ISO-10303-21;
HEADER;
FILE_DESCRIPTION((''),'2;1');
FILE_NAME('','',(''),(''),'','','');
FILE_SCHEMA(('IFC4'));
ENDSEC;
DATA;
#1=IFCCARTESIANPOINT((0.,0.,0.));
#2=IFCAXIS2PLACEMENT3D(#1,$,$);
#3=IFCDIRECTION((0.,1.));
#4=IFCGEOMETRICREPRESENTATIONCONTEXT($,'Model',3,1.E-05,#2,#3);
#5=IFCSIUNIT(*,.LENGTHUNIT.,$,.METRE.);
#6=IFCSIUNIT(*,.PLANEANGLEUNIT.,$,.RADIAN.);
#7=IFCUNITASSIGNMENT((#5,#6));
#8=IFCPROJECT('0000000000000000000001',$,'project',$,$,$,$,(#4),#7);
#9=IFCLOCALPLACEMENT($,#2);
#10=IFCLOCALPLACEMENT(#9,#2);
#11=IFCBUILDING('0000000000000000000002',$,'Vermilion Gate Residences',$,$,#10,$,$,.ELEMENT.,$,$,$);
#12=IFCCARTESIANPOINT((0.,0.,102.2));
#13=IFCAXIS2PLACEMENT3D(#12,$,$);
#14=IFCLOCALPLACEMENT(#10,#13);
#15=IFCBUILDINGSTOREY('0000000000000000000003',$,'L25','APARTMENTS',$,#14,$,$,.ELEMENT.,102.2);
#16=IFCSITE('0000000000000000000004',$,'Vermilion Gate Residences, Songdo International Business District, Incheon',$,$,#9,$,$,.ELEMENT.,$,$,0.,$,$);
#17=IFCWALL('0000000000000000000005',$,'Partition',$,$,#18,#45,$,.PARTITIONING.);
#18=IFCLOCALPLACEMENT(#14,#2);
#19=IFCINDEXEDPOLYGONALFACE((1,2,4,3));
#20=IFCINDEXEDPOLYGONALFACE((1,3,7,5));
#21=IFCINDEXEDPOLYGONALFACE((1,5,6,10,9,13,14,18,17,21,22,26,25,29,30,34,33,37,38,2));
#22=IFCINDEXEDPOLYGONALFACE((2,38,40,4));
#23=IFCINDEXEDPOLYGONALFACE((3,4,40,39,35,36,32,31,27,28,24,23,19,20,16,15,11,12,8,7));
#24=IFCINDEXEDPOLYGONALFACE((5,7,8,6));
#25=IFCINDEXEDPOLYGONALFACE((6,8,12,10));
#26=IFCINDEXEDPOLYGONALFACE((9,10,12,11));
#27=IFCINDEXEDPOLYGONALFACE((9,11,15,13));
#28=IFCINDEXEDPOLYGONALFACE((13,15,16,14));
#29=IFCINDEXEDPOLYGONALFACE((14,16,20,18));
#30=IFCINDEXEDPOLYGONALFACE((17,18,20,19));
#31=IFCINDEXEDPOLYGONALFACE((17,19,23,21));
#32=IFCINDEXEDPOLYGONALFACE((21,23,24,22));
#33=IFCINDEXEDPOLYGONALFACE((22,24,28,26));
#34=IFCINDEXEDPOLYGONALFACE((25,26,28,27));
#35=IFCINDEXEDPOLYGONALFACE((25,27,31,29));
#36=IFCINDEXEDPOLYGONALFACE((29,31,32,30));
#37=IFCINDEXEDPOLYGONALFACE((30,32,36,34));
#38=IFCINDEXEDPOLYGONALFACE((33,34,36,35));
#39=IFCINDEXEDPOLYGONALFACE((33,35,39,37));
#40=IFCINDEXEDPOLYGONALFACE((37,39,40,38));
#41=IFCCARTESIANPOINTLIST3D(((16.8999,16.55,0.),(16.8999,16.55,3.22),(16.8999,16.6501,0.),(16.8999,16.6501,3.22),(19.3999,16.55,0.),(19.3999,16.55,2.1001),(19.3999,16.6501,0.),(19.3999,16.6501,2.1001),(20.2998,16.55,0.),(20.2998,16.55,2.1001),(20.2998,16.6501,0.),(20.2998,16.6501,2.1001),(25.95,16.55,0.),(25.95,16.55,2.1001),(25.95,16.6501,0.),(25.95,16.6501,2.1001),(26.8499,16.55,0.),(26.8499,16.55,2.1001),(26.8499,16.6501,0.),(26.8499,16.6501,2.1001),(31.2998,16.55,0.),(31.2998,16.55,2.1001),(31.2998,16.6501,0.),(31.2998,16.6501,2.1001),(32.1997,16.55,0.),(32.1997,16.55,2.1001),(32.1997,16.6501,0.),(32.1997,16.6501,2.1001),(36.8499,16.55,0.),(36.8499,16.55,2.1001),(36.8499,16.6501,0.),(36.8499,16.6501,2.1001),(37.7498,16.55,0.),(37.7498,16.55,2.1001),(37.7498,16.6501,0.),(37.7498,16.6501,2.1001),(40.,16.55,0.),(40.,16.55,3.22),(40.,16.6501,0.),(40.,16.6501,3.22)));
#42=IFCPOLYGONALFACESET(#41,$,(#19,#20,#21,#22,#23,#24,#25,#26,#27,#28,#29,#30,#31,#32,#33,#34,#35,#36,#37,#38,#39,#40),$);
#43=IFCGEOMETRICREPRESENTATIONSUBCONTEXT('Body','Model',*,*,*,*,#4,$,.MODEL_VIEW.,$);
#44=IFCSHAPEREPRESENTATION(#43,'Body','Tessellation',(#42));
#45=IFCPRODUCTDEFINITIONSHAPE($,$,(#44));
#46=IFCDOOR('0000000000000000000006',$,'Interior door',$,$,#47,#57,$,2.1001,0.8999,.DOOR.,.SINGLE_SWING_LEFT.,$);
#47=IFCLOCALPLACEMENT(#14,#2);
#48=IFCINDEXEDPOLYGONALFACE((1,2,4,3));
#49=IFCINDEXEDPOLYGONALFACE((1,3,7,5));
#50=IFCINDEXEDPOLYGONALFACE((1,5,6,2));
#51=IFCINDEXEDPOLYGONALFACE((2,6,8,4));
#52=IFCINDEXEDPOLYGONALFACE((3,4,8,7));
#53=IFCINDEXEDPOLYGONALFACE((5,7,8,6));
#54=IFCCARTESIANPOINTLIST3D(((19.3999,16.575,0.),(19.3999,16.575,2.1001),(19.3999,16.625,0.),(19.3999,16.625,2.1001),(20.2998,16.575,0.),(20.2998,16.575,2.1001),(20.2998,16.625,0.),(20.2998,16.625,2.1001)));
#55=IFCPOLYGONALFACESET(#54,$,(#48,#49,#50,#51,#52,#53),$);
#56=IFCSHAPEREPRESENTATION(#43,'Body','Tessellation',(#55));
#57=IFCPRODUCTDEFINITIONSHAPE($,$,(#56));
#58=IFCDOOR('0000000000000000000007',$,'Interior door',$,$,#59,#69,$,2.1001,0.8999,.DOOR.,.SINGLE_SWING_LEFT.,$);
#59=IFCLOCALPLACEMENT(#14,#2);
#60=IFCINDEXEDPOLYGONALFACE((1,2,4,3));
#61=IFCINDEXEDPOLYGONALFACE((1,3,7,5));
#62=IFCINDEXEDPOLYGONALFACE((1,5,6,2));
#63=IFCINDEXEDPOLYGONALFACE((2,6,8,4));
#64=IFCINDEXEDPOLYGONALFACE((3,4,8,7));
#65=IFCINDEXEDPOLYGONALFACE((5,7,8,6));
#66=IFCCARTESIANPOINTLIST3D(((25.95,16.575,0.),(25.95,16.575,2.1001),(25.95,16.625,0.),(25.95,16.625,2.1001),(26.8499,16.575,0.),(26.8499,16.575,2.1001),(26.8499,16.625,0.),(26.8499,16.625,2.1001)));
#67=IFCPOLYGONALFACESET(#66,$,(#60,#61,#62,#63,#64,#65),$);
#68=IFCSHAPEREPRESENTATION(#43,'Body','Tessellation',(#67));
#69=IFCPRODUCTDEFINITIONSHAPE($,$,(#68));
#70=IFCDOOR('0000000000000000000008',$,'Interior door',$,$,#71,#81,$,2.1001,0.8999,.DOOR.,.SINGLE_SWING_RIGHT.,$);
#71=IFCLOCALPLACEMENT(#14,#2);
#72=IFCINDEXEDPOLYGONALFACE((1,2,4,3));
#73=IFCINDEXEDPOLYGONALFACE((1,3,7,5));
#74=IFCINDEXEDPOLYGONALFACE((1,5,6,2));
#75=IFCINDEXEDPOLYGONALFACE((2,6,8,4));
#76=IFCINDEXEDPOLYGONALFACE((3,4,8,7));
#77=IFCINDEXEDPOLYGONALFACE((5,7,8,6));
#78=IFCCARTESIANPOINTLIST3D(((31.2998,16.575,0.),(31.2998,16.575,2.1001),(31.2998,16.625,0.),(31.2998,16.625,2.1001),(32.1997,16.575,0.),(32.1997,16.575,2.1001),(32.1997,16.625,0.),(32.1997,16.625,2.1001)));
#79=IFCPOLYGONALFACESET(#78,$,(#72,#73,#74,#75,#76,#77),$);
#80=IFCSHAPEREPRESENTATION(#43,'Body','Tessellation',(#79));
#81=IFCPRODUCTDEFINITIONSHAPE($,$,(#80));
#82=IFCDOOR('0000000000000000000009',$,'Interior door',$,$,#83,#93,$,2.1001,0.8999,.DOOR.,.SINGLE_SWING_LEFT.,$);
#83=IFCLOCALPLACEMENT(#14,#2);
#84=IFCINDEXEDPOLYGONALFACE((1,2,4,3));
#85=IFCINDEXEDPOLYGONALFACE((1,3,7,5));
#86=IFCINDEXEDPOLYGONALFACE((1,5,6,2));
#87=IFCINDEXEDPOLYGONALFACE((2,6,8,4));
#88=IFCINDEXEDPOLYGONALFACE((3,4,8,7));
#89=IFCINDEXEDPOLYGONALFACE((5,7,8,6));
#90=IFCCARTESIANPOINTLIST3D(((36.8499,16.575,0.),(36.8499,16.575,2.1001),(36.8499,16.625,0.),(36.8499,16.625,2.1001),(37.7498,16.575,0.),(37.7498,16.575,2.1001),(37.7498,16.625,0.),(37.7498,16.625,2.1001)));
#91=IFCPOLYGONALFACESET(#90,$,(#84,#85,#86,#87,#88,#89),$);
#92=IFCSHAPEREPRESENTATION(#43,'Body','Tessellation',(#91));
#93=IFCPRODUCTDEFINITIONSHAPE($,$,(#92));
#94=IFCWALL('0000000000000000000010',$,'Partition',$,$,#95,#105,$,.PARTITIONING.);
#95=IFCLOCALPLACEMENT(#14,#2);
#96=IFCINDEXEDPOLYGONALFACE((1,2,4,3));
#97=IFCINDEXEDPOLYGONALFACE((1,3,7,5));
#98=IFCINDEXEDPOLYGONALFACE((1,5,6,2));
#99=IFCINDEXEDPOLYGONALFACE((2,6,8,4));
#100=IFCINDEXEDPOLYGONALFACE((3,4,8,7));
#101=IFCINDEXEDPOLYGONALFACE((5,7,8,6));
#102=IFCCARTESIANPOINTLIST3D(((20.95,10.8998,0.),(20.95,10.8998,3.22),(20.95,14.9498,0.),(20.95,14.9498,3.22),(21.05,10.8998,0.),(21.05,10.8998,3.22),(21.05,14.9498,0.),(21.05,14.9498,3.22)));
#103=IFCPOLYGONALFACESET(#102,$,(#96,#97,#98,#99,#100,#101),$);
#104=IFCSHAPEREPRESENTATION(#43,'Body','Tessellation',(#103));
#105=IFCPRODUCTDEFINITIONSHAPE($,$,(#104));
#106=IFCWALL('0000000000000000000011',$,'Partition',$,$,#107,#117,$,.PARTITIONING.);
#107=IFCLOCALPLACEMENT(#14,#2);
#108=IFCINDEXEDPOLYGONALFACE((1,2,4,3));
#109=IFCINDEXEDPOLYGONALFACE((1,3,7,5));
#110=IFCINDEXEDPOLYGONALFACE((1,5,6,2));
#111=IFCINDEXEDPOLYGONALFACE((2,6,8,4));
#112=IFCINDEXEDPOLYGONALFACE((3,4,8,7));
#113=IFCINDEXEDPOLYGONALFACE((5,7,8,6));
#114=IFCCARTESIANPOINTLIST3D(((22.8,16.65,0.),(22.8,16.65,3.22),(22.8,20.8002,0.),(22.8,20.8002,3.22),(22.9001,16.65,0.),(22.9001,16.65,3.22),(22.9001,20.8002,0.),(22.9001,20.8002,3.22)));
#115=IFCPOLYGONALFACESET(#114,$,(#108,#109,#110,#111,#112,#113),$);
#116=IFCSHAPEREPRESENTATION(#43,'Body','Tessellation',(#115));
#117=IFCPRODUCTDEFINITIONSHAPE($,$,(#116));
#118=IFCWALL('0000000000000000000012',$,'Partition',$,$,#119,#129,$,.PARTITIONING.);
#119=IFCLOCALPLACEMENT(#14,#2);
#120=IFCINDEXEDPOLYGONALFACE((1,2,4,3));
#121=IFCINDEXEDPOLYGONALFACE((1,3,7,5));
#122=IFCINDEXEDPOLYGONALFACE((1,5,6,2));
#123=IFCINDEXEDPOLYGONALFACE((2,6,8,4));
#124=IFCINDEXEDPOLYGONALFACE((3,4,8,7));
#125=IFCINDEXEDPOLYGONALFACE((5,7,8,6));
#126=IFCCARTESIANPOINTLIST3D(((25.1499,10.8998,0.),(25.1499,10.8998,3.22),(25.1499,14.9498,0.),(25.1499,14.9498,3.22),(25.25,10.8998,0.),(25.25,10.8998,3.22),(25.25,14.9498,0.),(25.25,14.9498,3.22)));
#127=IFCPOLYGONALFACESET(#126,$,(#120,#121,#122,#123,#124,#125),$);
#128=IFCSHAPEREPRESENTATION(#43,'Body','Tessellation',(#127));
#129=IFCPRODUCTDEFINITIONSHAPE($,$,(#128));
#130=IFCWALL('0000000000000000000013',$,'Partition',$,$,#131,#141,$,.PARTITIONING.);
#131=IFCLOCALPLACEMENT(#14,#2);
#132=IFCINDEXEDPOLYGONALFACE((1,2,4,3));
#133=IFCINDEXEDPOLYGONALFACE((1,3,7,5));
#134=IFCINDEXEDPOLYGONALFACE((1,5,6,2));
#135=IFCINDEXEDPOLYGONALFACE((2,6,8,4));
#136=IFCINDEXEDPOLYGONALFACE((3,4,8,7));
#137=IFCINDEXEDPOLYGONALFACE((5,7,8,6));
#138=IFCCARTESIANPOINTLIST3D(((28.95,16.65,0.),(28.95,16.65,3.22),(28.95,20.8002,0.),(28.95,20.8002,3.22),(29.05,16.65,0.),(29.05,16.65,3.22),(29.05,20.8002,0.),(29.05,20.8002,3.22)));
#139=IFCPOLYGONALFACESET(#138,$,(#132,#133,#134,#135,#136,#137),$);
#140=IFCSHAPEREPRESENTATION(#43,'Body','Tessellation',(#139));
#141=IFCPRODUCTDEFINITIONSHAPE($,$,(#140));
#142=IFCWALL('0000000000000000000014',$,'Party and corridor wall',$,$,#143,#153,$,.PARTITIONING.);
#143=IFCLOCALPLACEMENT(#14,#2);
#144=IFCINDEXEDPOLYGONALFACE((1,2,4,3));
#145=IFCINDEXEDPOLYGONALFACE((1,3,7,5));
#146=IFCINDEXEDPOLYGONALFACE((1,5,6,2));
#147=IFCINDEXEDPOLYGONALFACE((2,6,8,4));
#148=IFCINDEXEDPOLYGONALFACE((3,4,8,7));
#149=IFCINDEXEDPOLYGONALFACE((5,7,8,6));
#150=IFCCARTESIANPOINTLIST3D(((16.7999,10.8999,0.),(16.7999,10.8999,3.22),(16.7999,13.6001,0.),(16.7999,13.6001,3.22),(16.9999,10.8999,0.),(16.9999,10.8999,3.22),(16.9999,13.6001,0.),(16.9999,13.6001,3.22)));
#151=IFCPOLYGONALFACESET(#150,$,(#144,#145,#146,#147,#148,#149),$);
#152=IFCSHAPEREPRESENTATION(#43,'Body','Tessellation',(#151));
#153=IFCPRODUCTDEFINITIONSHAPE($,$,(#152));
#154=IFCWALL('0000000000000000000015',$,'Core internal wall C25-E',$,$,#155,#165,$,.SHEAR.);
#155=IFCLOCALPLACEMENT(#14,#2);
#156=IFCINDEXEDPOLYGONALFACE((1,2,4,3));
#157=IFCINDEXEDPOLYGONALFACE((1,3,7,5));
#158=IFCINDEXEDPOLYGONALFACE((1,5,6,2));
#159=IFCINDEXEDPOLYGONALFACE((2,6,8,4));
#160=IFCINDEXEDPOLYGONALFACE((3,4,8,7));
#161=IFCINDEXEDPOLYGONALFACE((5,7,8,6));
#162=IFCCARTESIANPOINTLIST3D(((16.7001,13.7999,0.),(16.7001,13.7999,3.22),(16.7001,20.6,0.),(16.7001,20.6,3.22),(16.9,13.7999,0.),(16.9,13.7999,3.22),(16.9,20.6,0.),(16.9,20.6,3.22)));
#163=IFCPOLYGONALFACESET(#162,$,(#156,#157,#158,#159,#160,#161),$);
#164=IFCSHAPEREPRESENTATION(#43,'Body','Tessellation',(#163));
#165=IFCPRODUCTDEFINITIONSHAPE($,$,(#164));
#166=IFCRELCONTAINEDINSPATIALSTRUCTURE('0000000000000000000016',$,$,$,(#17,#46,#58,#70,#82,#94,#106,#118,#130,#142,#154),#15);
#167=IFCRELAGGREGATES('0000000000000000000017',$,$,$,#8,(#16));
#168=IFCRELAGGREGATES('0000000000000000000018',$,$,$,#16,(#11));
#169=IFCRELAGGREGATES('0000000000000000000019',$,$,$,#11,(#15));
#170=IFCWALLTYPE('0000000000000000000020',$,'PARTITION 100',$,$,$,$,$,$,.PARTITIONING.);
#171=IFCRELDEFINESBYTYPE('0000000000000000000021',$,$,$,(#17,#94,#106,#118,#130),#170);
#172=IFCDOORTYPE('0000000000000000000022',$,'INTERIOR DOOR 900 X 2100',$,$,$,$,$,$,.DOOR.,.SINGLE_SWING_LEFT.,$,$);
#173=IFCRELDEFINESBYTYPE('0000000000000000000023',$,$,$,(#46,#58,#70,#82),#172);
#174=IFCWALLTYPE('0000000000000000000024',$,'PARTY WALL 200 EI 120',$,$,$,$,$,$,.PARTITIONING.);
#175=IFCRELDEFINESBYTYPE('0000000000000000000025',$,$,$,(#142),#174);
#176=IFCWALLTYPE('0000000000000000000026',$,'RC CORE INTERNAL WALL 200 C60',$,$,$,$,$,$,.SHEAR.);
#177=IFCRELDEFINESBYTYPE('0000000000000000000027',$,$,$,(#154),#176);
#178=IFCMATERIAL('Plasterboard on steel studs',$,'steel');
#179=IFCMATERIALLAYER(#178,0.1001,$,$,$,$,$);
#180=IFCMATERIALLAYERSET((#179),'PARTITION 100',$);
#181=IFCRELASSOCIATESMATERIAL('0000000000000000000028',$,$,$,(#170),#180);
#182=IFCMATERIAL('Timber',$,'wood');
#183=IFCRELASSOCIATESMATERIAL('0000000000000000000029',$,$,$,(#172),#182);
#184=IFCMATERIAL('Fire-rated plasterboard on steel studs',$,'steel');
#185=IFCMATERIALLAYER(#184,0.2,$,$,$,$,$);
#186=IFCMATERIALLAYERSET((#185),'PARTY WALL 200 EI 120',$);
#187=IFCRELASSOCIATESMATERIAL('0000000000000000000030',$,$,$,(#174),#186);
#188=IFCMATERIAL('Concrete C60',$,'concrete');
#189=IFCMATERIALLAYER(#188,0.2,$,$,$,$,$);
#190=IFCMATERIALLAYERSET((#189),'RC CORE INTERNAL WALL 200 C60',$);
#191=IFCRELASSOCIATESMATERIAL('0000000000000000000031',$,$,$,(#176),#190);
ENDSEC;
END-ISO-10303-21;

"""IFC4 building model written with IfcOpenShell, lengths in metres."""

from ifc_helpers import new_model, si_unit, direction, frame, frame_2d, origin, place, context, subcontext, project, spatial, rectangle, extrude, material, layer, layer_set, type_object, element, fill, save


model = new_model("IFC4")

# Units and contexts
model_context = context("Model", 3, precision=1e-05, world=origin(), true_north=direction((0.0, 1.0)))
body_context = subcontext(model_context, "Body", "Model", "MODEL_VIEW")
ifc_project = project(units=[si_unit("LENGTHUNIT", "METRE"), si_unit("PLANEANGLEUNIT", "RADIAN")], contexts=[model_context])

# Site, building, storey
site_placement = place(None, origin())
site = spatial("IfcSite", under=ifc_project, at=site_placement, Name="Vermilion Gate Residences, Songdo International Business District, Incheon", CompositionType="ELEMENT", RefElevation=0.0)
building_placement = place(site_placement, origin())
building = spatial("IfcBuilding", under=site, at=building_placement, Name="Vermilion Gate Residences", CompositionType="ELEMENT")
storey_placement = place(building_placement, frame((0.0, 0.0, 102.2)))
storey = spatial("IfcBuildingStorey", under=building, at=storey_placement, Name="L25", Description="APARTMENTS", CompositionType="ELEMENT", Elevation=102.2)

# Wall, openings, doors
ifc_material_1 = material(Name="Plasterboard on steel studs", Category="steel")
ifc_layer_1 = layer(ifc_material_1, 0.1001)
ifc_layer_set_1 = layer_set([ifc_layer_1], Name="PARTITION 100")
wall_type_1 = type_object("IfcWallType", Name="PARTITION 100", PredefinedType="PARTITIONING", material=ifc_layer_set_1)
ifc_material_2 = material(Name="Timber", Category="wood")
door_type = type_object("IfcDoorType", Name="INTERIOR DOOR 900 X 2100", OperationType="SINGLE_SWING_LEFT", PredefinedType="DOOR", material=ifc_material_2)
wall_1_placement = place(storey_placement, frame((16.8999, 16.6001, 0.0), z_axis=(0.0, 0.0, 1.0), x_axis=(1.0, 0.0, 0.0)))
wall_1 = element("IfcWall", 1, at=wall_1_placement, inside=storey, type_object=wall_type_1, Name="Partition", PredefinedType="PARTITIONING", context=body_context, shape_type="SweptSolid", body=[
    extrude(rectangle(XDim=23.1001, YDim=0.1001, at=frame_2d((11.55, 0.0))), origin(), (0.0, 0.0, 1.0), 3.22),
])
opening_1_placement = place(wall_1_placement, frame((2.5, 0.0, 0.0)))
opening_1 = element("IfcOpeningElement", 2, at=opening_1_placement, cuts=wall_1, PredefinedType="OPENING", context=body_context, shape_type="SweptSolid", body=[
    extrude(rectangle(XDim=0.8999, YDim=2.1001, at=frame_2d((0.45, 1.05))), frame((0.0, 0.0601, 0.0), z_axis=(0.0, -1.0, 0.0), x_axis=(1.0, 0.0, 0.0)), (0.0, 0.0, 1.0), 0.1201),
])
opening_2_placement = place(wall_1_placement, frame((9.05, 0.0, 0.0)))
opening_2 = element("IfcOpeningElement", 3, at=opening_2_placement, cuts=wall_1, PredefinedType="OPENING", context=body_context, shape_type="SweptSolid", body=[
    extrude(rectangle(XDim=0.8999, YDim=2.1001, at=frame_2d((0.45, 1.05))), frame((0.0, 0.0601, 0.0), z_axis=(0.0, -1.0, 0.0), x_axis=(1.0, 0.0, 0.0)), (0.0, 0.0, 1.0), 0.1201),
])
opening_3_placement = place(wall_1_placement, frame((14.3999, 0.0, 0.0)))
opening_3 = element("IfcOpeningElement", 4, at=opening_3_placement, cuts=wall_1, PredefinedType="OPENING", context=body_context, shape_type="SweptSolid", body=[
    extrude(rectangle(XDim=0.8999, YDim=2.1001, at=frame_2d((0.45, 1.05))), frame((0.0, 0.0601, 0.0), z_axis=(0.0, -1.0, 0.0), x_axis=(1.0, 0.0, 0.0)), (0.0, 0.0, 1.0), 0.1201),
])
opening_4_placement = place(wall_1_placement, frame((19.95, 0.0, 0.0)))
opening_4 = element("IfcOpeningElement", 5, at=opening_4_placement, cuts=wall_1, PredefinedType="OPENING", context=body_context, shape_type="SweptSolid", body=[
    extrude(rectangle(XDim=0.8999, YDim=2.1001, at=frame_2d((0.45, 1.05))), frame((0.0, 0.0601, 0.0), z_axis=(0.0, -1.0, 0.0), x_axis=(1.0, 0.0, 0.0)), (0.0, 0.0, 1.0), 0.1201),
])
door_1_placement = place(opening_1_placement, origin())
door_1 = element("IfcDoor", 6, at=door_1_placement, inside=storey, type_object=door_type, Name="Interior door", OperationType="SINGLE_SWING_LEFT", OverallHeight=2.1001, OverallWidth=0.8999, PredefinedType="DOOR", context=body_context, shape_type="SweptSolid", body=[
    extrude(rectangle(XDim=0.8999, YDim=2.1001, at=frame_2d((0.45, 1.05))), frame((0.0, 0.0249, 0.0), z_axis=(0.0, -1.0, 0.0), x_axis=(1.0, 0.0, 0.0)), (0.0, 0.0, 1.0), 0.05),
])
fill(opening_1, door_1)
door_2_placement = place(opening_2_placement, origin())
door_2 = element("IfcDoor", 7, at=door_2_placement, inside=storey, type_object=door_type, Name="Interior door", OperationType="SINGLE_SWING_LEFT", OverallHeight=2.1001, OverallWidth=0.8999, PredefinedType="DOOR", context=body_context, shape_type="SweptSolid", body=[
    extrude(rectangle(XDim=0.8999, YDim=2.1001, at=frame_2d((0.45, 1.05))), frame((0.0, 0.0249, 0.0), z_axis=(0.0, -1.0, 0.0), x_axis=(1.0, 0.0, 0.0)), (0.0, 0.0, 1.0), 0.05),
])
fill(opening_2, door_2)
door_3_placement = place(opening_3_placement, origin())
door_3 = element("IfcDoor", 8, at=door_3_placement, inside=storey, type_object=door_type, Name="Interior door", OperationType="SINGLE_SWING_RIGHT", OverallHeight=2.1001, OverallWidth=0.8999, PredefinedType="DOOR", context=body_context, shape_type="SweptSolid", body=[
    extrude(rectangle(XDim=0.8999, YDim=2.1001, at=frame_2d((0.45, 1.05))), frame((0.0, 0.0249, 0.0), z_axis=(0.0, -1.0, 0.0), x_axis=(1.0, 0.0, 0.0)), (0.0, 0.0, 1.0), 0.05),
])
fill(opening_3, door_3)
door_4_placement = place(opening_4_placement, origin())
door_4 = element("IfcDoor", 9, at=door_4_placement, inside=storey, type_object=door_type, Name="Interior door", OperationType="SINGLE_SWING_LEFT", OverallHeight=2.1001, OverallWidth=0.8999, PredefinedType="DOOR", context=body_context, shape_type="SweptSolid", body=[
    extrude(rectangle(XDim=0.8999, YDim=2.1001, at=frame_2d((0.45, 1.05))), frame((0.0, 0.0249, 0.0), z_axis=(0.0, -1.0, 0.0), x_axis=(1.0, 0.0, 0.0)), (0.0, 0.0, 1.0), 0.05),
])
fill(opening_4, door_4)

# Walls
wall_2_placement = place(storey_placement, frame((21.0, 10.8999, 0.0), z_axis=(0.0, 0.0, 1.0), x_axis=(0.0, 1.0, 0.0)))
element("IfcWall", 10, at=wall_2_placement, inside=storey, type_object=wall_type_1, Name="Partition", PredefinedType="PARTITIONING", context=body_context, shape_type="SweptSolid", body=[
    extrude(rectangle(XDim=4.05, YDim=0.1001, at=frame_2d((2.0249, 0.0))), origin(), (0.0, 0.0, 1.0), 3.22),
])
wall_3_placement = place(storey_placement, frame((22.8501, 16.6499, 0.0), z_axis=(0.0, 0.0, 1.0), x_axis=(0.0, 1.0, 0.0)))
element("IfcWall", 11, at=wall_3_placement, inside=storey, type_object=wall_type_1, Name="Partition", PredefinedType="PARTITIONING", context=body_context, shape_type="SweptSolid", body=[
    extrude(rectangle(XDim=4.1501, YDim=0.1001, at=frame_2d((2.0752, 0.0))), origin(), (0.0, 0.0, 1.0), 3.22),
])
wall_4_placement = place(storey_placement, frame((25.2, 10.8999, 0.0), z_axis=(0.0, 0.0, 1.0), x_axis=(0.0, 1.0, 0.0)))
element("IfcWall", 12, at=wall_4_placement, inside=storey, type_object=wall_type_1, Name="Partition", PredefinedType="PARTITIONING", context=body_context, shape_type="SweptSolid", body=[
    extrude(rectangle(XDim=4.05, YDim=0.1001, at=frame_2d((2.0249, 0.0))), origin(), (0.0, 0.0, 1.0), 3.22),
])
wall_5_placement = place(storey_placement, frame((29.0, 16.6499, 0.0), z_axis=(0.0, 0.0, 1.0), x_axis=(0.0, 1.0, 0.0)))
element("IfcWall", 13, at=wall_5_placement, inside=storey, type_object=wall_type_1, Name="Partition", PredefinedType="PARTITIONING", context=body_context, shape_type="SweptSolid", body=[
    extrude(rectangle(XDim=4.1501, YDim=0.1001, at=frame_2d((2.0752, 0.0))), origin(), (0.0, 0.0, 1.0), 3.22),
])
ifc_material_3 = material(Name="Fire-rated plasterboard on steel studs", Category="steel")
ifc_layer_2 = layer(ifc_material_3, 0.2)
ifc_layer_set_2 = layer_set([ifc_layer_2], Name="PARTY WALL 200 EI 120")
wall_type_2 = type_object("IfcWallType", Name="PARTY WALL 200 EI 120", PredefinedType="PARTITIONING", material=ifc_layer_set_2)
wall_6_placement = place(storey_placement, frame((16.8999, 10.8999, 0.0), z_axis=(0.0, 0.0, 1.0), x_axis=(0.0, 1.0, 0.0)))
element("IfcWall", 14, at=wall_6_placement, inside=storey, type_object=wall_type_2, Name="Party and corridor wall", PredefinedType="PARTITIONING", context=body_context, shape_type="SweptSolid", body=[
    extrude(rectangle(XDim=2.7002, YDim=0.2, at=frame_2d((1.3501, 0.0))), origin(), (0.0, 0.0, 1.0), 3.22),
])
ifc_material_4 = material(Name="Concrete C60", Category="concrete")
ifc_layer_3 = layer(ifc_material_4, 0.2)
ifc_layer_set_3 = layer_set([ifc_layer_3], Name="RC CORE INTERNAL WALL 200 C60")
wall_type_3 = type_object("IfcWallType", Name="RC CORE INTERNAL WALL 200 C60", PredefinedType="SHEAR", material=ifc_layer_set_3)
wall_7_placement = place(storey_placement, frame((16.8, 13.8, 0.0), z_axis=(0.0, 0.0, 1.0), x_axis=(0.0, 1.0, 0.0)))
element("IfcWall", 15, at=wall_7_placement, inside=storey, type_object=wall_type_3, Name="Core internal wall C25-E", PredefinedType="SHEAR", context=body_context, shape_type="SweptSolid", body=[
    extrude(rectangle(XDim=6.8, YDim=0.2, at=frame_2d((3.3999, 0.0))), origin(), (0.0, 0.0, 1.0), 3.22),
])

save(model, "model.ifc")
